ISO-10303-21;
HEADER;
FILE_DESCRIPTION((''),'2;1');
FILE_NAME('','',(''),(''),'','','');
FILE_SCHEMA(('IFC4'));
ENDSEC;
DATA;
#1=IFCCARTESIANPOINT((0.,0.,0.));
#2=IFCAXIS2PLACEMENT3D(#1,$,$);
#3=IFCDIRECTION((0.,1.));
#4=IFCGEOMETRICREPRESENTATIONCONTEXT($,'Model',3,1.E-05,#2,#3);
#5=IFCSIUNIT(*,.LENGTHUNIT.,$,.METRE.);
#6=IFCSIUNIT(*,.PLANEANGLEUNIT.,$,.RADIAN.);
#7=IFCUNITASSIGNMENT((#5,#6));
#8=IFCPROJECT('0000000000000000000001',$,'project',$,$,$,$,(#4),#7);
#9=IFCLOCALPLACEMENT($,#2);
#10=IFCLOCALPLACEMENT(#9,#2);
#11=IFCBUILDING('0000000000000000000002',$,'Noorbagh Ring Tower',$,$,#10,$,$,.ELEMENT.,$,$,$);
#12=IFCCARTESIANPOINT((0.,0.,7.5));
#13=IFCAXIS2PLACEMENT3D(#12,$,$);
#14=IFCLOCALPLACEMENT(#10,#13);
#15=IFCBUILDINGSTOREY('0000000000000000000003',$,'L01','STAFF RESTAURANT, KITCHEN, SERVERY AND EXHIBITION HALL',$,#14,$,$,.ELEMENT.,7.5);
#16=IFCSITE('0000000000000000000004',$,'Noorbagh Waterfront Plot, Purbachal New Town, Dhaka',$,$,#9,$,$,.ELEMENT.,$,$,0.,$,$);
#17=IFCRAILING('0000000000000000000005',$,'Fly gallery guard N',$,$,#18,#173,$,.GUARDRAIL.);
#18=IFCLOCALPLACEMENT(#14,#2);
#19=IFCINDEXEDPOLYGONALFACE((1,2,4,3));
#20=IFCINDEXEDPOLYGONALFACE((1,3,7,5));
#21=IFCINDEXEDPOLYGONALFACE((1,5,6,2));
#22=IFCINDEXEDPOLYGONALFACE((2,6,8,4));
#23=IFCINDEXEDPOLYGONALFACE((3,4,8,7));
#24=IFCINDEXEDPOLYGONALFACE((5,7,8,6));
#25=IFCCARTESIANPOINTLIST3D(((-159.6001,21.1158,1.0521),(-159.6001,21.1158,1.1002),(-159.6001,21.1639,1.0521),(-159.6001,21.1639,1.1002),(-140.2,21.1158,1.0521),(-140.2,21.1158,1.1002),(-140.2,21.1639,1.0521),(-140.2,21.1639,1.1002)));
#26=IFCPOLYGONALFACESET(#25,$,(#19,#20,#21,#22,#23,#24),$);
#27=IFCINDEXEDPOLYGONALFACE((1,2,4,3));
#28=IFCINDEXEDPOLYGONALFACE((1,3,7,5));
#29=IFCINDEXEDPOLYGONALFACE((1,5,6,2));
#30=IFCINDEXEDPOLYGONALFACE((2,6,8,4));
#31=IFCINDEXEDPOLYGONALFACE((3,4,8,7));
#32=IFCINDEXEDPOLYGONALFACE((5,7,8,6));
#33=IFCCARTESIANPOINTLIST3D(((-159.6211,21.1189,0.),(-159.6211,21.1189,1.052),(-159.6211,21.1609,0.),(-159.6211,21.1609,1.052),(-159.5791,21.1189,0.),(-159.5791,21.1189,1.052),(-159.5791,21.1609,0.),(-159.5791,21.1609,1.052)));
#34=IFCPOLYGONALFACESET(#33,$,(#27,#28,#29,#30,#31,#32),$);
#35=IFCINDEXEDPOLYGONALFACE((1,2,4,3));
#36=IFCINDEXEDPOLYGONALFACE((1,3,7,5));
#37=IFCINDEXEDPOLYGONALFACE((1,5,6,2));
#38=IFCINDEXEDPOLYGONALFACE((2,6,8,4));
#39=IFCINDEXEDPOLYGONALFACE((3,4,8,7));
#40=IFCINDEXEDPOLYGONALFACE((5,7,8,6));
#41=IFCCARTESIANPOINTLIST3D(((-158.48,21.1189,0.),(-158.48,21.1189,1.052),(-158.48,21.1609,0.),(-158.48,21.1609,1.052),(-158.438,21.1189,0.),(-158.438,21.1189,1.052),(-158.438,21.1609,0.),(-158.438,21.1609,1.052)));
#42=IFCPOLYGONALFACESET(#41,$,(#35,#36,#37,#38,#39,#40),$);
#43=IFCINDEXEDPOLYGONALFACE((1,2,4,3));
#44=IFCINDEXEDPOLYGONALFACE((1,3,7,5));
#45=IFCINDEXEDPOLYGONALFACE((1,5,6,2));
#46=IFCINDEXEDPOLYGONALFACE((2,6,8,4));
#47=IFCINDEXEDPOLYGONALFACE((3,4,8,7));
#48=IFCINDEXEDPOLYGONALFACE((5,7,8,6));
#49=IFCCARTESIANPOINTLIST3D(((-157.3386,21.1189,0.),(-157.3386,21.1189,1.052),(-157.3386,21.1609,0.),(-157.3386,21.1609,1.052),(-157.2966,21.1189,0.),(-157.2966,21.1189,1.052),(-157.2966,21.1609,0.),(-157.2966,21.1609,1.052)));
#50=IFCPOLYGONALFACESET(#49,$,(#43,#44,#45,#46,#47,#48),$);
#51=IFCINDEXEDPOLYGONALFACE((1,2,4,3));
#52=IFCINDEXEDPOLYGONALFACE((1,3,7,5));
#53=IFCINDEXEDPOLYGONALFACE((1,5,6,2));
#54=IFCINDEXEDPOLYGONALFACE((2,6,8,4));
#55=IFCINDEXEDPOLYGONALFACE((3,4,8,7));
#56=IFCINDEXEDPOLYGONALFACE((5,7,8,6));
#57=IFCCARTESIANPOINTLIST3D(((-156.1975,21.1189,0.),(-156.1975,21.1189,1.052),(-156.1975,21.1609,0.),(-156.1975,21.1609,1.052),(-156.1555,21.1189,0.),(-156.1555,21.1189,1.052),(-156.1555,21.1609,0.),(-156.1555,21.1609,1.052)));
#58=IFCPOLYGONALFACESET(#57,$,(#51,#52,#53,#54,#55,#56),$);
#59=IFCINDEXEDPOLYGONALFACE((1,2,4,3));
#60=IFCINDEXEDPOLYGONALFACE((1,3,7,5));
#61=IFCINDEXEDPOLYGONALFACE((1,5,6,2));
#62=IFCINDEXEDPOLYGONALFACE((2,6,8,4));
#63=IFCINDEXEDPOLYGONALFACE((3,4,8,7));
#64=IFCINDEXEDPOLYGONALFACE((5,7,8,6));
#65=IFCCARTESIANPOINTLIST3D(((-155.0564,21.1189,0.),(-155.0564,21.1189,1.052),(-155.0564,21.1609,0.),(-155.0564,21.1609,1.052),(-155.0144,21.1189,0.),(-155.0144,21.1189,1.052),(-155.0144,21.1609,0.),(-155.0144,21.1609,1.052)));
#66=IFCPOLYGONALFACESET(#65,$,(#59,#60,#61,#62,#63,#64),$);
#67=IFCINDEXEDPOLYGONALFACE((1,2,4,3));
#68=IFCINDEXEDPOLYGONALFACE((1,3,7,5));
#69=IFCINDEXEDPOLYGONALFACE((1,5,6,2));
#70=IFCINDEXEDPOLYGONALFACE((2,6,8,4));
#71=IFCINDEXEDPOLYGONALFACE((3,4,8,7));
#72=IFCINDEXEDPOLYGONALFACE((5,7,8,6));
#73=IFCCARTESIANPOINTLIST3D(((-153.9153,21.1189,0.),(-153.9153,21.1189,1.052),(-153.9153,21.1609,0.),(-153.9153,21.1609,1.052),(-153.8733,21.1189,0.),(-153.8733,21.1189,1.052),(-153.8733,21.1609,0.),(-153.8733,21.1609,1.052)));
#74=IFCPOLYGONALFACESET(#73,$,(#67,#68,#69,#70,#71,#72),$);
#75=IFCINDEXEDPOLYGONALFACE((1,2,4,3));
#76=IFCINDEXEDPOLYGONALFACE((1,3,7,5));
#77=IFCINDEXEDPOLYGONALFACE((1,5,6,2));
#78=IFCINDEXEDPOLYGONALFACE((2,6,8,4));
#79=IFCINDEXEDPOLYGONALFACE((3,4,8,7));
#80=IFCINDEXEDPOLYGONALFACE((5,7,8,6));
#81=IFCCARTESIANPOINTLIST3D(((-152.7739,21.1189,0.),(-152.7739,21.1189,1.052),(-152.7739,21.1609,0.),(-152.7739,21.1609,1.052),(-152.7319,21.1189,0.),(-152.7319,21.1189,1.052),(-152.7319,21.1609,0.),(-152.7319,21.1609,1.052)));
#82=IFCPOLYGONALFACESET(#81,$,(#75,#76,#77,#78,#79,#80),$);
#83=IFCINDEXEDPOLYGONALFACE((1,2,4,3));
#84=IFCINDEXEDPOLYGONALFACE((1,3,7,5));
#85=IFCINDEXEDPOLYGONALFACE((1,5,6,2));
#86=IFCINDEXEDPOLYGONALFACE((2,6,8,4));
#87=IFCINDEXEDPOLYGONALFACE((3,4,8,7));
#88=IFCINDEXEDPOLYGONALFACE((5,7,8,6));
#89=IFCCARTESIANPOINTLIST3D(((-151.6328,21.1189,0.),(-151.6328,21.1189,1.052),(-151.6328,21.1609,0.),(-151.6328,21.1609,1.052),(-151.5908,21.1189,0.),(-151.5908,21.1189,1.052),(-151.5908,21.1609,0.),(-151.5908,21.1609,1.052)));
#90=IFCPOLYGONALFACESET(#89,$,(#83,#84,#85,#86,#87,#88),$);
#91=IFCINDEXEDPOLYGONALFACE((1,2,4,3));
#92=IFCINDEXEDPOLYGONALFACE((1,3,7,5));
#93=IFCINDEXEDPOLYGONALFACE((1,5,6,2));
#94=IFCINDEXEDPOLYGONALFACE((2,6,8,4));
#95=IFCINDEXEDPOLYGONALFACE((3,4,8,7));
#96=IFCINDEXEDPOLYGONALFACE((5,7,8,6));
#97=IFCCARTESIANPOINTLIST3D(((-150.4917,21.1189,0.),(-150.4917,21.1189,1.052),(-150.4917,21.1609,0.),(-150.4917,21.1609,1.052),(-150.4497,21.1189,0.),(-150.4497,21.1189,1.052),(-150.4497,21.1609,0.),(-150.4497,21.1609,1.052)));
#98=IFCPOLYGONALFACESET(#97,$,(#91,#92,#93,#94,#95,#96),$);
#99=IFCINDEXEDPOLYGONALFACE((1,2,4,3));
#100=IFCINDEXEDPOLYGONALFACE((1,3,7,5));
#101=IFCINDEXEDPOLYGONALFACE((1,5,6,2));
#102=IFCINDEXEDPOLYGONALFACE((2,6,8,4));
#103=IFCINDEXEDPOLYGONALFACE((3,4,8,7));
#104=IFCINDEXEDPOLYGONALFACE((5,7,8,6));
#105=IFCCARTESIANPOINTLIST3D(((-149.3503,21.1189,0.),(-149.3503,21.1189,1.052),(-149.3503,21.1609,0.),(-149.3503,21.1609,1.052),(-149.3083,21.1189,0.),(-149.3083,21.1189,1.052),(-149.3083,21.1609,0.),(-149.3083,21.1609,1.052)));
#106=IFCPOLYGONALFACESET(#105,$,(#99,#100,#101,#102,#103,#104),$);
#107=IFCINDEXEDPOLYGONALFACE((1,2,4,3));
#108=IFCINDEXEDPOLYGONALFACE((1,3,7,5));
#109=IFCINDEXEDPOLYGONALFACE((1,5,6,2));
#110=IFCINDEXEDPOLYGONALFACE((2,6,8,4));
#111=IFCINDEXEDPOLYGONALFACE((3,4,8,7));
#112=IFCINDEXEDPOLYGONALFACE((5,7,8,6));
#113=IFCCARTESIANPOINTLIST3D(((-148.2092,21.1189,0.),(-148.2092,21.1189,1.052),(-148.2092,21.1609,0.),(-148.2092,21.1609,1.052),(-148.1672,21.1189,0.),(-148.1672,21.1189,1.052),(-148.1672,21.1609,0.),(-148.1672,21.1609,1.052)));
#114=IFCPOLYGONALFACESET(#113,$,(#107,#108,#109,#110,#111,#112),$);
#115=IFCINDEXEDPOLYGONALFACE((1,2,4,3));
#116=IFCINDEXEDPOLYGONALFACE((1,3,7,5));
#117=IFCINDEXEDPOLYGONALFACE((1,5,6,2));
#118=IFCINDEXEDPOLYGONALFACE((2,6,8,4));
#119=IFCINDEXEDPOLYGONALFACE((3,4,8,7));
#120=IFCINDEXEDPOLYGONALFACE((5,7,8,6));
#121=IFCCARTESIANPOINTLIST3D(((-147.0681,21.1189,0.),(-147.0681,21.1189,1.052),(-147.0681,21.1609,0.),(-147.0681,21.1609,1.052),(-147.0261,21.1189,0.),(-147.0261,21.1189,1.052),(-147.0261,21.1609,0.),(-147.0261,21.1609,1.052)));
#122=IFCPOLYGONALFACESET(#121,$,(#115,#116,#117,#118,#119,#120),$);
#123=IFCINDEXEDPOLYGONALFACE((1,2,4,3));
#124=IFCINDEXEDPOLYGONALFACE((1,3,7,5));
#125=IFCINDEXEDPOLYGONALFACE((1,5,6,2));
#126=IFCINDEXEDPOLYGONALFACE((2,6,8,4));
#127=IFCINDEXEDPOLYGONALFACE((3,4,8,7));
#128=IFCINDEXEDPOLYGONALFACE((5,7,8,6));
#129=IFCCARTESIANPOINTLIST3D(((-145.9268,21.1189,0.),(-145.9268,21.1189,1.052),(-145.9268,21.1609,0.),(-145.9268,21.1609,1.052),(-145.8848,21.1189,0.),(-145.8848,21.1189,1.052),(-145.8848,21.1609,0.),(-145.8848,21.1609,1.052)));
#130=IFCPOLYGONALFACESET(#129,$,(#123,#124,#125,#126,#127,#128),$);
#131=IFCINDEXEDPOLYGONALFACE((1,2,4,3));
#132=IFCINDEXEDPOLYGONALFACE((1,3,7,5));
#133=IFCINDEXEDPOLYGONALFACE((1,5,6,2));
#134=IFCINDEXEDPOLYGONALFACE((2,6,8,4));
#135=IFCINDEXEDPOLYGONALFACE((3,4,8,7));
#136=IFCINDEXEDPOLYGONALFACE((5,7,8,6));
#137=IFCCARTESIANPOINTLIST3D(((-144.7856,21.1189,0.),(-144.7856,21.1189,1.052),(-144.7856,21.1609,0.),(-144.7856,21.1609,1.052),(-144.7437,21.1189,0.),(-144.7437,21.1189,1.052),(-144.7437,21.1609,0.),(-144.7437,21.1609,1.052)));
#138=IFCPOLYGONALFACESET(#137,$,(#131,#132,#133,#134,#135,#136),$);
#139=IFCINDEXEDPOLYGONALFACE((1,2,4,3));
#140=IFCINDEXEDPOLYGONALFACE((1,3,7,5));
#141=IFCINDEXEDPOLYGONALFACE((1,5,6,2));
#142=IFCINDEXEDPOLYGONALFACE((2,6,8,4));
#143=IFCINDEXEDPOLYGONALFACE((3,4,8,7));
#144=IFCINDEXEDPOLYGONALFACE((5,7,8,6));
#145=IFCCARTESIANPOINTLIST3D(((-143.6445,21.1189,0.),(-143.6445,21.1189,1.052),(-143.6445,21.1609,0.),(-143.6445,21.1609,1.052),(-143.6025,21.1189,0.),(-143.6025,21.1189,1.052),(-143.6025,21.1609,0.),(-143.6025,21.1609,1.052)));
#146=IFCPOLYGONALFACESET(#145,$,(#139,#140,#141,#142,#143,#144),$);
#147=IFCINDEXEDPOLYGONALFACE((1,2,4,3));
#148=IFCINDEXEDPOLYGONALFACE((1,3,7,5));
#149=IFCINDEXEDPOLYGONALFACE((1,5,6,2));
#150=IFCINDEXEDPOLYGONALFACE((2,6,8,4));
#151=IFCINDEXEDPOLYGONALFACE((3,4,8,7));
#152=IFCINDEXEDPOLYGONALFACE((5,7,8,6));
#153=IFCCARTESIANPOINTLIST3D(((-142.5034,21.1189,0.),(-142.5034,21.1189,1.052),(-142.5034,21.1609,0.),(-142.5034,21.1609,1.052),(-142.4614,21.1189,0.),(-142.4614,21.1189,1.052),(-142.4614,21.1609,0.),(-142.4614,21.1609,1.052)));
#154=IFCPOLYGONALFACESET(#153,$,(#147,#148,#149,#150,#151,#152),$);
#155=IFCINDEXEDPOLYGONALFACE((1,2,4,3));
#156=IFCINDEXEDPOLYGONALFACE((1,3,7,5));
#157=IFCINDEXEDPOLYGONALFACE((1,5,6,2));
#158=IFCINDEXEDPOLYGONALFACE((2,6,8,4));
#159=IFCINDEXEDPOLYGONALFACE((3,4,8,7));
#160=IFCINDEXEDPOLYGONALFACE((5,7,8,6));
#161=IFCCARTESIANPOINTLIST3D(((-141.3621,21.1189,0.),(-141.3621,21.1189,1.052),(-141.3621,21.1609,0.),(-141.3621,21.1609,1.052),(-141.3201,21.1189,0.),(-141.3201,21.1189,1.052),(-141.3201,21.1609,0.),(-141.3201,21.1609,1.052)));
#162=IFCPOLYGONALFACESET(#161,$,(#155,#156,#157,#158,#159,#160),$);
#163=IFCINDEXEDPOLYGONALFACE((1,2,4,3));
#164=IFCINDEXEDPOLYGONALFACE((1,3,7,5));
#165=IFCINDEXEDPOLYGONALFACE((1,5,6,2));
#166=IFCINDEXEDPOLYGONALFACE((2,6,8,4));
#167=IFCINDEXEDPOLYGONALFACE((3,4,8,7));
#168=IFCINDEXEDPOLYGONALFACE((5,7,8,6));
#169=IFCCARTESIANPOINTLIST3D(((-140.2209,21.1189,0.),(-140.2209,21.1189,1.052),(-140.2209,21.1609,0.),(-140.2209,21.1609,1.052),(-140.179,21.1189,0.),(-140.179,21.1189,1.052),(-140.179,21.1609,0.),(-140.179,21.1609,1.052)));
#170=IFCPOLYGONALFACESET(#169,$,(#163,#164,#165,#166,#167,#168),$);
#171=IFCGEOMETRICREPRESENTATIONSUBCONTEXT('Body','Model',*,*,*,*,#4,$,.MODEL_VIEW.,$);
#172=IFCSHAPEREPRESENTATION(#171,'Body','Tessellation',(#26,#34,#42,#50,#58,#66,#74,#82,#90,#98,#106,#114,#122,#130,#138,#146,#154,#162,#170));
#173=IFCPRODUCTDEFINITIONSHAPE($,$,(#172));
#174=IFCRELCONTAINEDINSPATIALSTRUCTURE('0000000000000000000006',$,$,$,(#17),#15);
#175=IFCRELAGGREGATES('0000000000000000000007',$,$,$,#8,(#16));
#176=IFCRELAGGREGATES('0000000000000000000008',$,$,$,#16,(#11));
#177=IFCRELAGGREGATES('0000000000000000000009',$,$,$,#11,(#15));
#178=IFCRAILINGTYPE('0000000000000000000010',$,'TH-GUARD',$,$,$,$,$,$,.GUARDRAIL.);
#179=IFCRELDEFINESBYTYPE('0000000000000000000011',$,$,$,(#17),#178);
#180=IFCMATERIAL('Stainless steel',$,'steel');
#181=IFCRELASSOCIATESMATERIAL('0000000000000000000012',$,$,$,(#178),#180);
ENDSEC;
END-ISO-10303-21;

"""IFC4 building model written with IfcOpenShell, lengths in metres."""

from ifc_helpers import new_model, si_unit, direction, frame, origin, origin_2d, place, context, subcontext, project, spatial, rectangle, extrude, material, type_object, element, save


model = new_model("IFC4")

# Units and contexts
model_context = context("Model", 3, precision=1e-05, world=origin(), true_north=direction((0.0, 1.0)))
body_context = subcontext(model_context, "Body", "Model", "MODEL_VIEW")
ifc_project = project(units=[si_unit("LENGTHUNIT", "METRE"), si_unit("PLANEANGLEUNIT", "RADIAN")], contexts=[model_context])

# Site, building, storey
site_placement = place(None, origin())
site = spatial("IfcSite", under=ifc_project, at=site_placement, Name="Noorbagh Waterfront Plot, Purbachal New Town, Dhaka", CompositionType="ELEMENT", RefElevation=0.0)
building_placement = place(site_placement, origin())
building = spatial("IfcBuilding", under=site, at=building_placement, Name="Noorbagh Ring Tower", CompositionType="ELEMENT")
storey_placement = place(building_placement, frame((0.0, 0.0, 7.5)))
storey = spatial("IfcBuildingStorey", under=building, at=storey_placement, Name="L01", Description="STAFF RESTAURANT, KITCHEN, SERVERY AND EXHIBITION HALL", CompositionType="ELEMENT", Elevation=7.5)

# Railing
ifc_material_1 = material(Name="Stainless steel", Category="steel")
railing_type = type_object("IfcRailingType", Name="TH-GUARD", PredefinedType="GUARDRAIL", material=ifc_material_1)
railing_placement = place(storey_placement, frame((-159.6001, 21.1399, 0.0)))
element("IfcRailing", 1, at=railing_placement, inside=storey, type_object=railing_type, Name="Fly gallery guard N", PredefinedType="GUARDRAIL", context=body_context, shape_type="SweptSolid", body=[
    extrude(rectangle(XDim=0.0481, YDim=0.0481, at=origin_2d()), frame((0.0, 0.0, 1.0762), z_axis=(1.0, 0.0, 0.0), x_axis=(0.0, 1.0, 0.0)), (0.0, 0.0, 1.0), 19.4001),
    extrude(rectangle(XDim=0.042, YDim=0.042, at=origin_2d()), origin(), (0.0, 0.0, 1.0), 1.052),
    extrude(rectangle(XDim=0.042, YDim=0.042, at=origin_2d()), frame((1.1411, 0.0, 0.0)), (0.0, 0.0, 1.0), 1.052),
    extrude(rectangle(XDim=0.042, YDim=0.042, at=origin_2d()), frame((2.2825, 0.0, 0.0)), (0.0, 0.0, 1.0), 1.052),
    extrude(rectangle(XDim=0.042, YDim=0.042, at=origin_2d()), frame((3.4236, 0.0, 0.0)), (0.0, 0.0, 1.0), 1.052),
    extrude(rectangle(XDim=0.042, YDim=0.042, at=origin_2d()), frame((4.5647, 0.0, 0.0)), (0.0, 0.0, 1.0), 1.052),
    extrude(rectangle(XDim=0.042, YDim=0.042, at=origin_2d()), frame((5.7058, 0.0, 0.0)), (0.0, 0.0, 1.0), 1.052),
    extrude(rectangle(XDim=0.042, YDim=0.042, at=origin_2d()), frame((6.8472, 0.0, 0.0)), (0.0, 0.0, 1.0), 1.052),
    extrude(rectangle(XDim=0.042, YDim=0.042, at=origin_2d()), frame((7.9883, 0.0, 0.0)), (0.0, 0.0, 1.0), 1.052),
    extrude(rectangle(XDim=0.042, YDim=0.042, at=origin_2d()), frame((9.1294, 0.0, 0.0)), (0.0, 0.0, 1.0), 1.052),
    extrude(rectangle(XDim=0.042, YDim=0.042, at=origin_2d()), frame((10.2708, 0.0, 0.0)), (0.0, 0.0, 1.0), 1.052),
    extrude(rectangle(XDim=0.042, YDim=0.042, at=origin_2d()), frame((11.4119, 0.0, 0.0)), (0.0, 0.0, 1.0), 1.052),
    extrude(rectangle(XDim=0.042, YDim=0.042, at=origin_2d()), frame((12.553, 0.0, 0.0)), (0.0, 0.0, 1.0), 1.052),
    extrude(rectangle(XDim=0.042, YDim=0.042, at=origin_2d()), frame((13.6943, 0.0, 0.0)), (0.0, 0.0, 1.0), 1.052),
    extrude(rectangle(XDim=0.042, YDim=0.042, at=origin_2d()), frame((14.8354, 0.0, 0.0)), (0.0, 0.0, 1.0), 1.052),
    extrude(rectangle(XDim=0.042, YDim=0.042, at=origin_2d()), frame((15.9766, 0.0, 0.0)), (0.0, 0.0, 1.0), 1.052),
    extrude(rectangle(XDim=0.042, YDim=0.042, at=origin_2d()), frame((17.1177, 0.0, 0.0)), (0.0, 0.0, 1.0), 1.052),
    extrude(rectangle(XDim=0.042, YDim=0.042, at=origin_2d()), frame((18.259, 0.0, 0.0)), (0.0, 0.0, 1.0), 1.052),
    extrude(rectangle(XDim=0.042, YDim=0.042, at=origin_2d()), frame((19.4001, 0.0, 0.0)), (0.0, 0.0, 1.0), 1.052),
])

save(model, "model.ifc")
